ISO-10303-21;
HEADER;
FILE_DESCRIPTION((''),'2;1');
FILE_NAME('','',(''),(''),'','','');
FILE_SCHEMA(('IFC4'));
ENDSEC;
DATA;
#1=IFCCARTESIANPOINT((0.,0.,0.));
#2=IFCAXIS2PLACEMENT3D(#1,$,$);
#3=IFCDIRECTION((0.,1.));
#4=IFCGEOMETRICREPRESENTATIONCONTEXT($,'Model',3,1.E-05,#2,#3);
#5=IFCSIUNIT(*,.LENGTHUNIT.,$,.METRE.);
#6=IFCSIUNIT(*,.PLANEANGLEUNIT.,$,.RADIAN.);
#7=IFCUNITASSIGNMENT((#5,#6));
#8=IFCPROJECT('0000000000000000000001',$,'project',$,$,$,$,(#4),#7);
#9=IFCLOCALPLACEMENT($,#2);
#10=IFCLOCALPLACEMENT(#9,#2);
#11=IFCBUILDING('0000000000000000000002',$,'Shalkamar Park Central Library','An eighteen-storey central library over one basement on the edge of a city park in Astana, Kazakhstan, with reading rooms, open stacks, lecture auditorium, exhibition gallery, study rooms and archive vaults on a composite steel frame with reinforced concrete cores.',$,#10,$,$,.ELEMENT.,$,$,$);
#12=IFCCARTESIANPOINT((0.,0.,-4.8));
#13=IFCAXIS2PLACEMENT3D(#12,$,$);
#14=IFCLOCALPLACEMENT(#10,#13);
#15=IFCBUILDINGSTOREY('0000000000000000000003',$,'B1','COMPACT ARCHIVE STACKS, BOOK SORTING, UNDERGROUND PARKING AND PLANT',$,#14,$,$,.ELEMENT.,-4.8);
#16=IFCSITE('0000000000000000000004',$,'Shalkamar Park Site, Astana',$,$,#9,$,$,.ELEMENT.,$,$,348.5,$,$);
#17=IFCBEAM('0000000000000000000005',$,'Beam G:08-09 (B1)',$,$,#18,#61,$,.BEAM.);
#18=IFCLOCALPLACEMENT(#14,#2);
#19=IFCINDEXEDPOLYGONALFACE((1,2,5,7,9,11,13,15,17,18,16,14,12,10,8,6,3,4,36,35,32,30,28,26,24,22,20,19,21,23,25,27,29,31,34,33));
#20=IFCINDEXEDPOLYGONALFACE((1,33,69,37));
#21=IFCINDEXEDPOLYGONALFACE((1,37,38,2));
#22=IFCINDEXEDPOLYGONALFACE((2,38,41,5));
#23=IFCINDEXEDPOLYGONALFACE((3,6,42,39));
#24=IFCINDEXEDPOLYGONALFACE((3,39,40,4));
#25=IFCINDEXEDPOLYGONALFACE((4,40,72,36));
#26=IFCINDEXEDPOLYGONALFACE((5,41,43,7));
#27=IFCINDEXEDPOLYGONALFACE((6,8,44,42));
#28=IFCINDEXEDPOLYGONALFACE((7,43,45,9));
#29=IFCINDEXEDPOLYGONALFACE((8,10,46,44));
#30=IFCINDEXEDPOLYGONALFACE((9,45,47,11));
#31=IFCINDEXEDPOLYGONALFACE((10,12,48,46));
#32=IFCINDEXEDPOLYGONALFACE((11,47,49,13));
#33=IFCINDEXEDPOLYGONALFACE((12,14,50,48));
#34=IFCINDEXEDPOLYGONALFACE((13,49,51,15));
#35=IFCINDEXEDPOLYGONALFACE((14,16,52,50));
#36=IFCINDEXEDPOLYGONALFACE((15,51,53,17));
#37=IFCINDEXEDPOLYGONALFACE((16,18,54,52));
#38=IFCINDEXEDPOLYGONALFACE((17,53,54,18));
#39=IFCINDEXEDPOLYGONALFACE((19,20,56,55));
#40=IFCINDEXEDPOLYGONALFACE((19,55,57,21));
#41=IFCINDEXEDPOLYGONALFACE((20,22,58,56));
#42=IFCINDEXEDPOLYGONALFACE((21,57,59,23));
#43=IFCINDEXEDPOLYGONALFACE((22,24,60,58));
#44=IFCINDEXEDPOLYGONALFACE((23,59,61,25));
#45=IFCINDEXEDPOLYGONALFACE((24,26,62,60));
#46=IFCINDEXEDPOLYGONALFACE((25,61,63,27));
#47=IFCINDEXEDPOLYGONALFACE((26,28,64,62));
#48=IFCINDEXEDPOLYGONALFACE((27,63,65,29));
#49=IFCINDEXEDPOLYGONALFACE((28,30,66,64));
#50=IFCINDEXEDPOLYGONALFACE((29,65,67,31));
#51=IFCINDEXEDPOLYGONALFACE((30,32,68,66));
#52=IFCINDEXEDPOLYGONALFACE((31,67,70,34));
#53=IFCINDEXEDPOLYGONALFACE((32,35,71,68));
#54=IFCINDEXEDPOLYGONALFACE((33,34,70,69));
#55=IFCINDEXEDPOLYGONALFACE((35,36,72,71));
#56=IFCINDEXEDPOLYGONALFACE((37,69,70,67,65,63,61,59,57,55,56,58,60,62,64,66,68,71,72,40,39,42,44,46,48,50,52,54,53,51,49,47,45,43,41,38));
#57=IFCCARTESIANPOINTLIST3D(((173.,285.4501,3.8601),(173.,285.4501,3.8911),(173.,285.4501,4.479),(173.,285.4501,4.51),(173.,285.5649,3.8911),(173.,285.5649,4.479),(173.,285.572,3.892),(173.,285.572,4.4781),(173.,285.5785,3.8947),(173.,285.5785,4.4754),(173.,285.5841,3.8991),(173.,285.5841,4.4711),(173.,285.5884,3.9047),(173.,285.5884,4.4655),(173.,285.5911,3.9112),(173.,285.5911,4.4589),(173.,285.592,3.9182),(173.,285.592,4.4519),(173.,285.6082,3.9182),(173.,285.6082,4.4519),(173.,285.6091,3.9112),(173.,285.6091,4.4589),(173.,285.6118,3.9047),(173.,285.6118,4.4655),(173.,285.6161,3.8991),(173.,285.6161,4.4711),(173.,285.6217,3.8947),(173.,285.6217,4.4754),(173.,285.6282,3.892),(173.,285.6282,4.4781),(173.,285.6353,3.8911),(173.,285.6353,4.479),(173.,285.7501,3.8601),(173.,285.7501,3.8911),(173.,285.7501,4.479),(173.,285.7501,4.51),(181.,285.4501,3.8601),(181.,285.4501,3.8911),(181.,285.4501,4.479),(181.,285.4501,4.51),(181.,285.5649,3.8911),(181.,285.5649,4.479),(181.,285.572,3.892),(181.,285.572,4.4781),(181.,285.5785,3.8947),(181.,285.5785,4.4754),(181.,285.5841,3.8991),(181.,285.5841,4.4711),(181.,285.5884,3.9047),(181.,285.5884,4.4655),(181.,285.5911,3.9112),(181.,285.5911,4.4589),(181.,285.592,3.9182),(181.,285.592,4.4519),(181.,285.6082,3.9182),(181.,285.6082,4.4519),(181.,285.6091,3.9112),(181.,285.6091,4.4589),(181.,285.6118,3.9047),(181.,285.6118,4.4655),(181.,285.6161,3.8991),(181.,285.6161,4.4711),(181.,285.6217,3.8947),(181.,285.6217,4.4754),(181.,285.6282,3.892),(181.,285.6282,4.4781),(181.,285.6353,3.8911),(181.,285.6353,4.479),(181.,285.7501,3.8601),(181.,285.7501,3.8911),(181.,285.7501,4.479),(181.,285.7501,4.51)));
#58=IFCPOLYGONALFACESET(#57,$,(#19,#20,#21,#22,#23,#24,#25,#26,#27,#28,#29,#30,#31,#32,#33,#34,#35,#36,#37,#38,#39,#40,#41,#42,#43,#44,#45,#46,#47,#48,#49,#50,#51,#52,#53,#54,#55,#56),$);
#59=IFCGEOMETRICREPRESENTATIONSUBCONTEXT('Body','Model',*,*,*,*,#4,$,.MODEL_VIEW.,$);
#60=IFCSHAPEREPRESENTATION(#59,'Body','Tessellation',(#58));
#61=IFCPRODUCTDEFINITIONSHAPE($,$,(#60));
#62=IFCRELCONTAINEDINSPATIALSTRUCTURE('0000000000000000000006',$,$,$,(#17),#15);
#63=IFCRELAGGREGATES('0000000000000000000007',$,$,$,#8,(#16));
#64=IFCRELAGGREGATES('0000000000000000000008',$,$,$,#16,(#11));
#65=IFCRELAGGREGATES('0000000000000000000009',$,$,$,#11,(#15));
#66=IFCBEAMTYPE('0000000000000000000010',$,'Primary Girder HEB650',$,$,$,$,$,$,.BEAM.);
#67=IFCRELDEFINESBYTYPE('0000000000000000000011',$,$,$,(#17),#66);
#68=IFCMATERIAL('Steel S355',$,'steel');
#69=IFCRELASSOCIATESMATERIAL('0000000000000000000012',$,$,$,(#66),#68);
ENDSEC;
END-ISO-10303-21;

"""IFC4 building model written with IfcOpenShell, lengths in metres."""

from ifc_helpers import new_model, si_unit, direction, frame, origin, origin_2d, place, context, subcontext, project, spatial, i_section, extrude, material, material_profile, profile_set, type_object, element, save


model = new_model("IFC4")

# Units and contexts
model_context = context("Model", 3, precision=1e-05, world=origin(), true_north=direction((0.0, 1.0)))
body_context = subcontext(model_context, "Body", "Model", "MODEL_VIEW")
ifc_project = project(units=[si_unit("LENGTHUNIT", "METRE"), si_unit("PLANEANGLEUNIT", "RADIAN")], contexts=[model_context])

# Site, building, storey
site_placement = place(None, origin())
site = spatial("IfcSite", under=ifc_project, at=site_placement, Name="Shalkamar Park Site, Astana", CompositionType="ELEMENT", RefElevation=348.5)
building_placement = place(site_placement, origin())
building = spatial("IfcBuilding", under=site, at=building_placement, Name="Shalkamar Park Central Library", Description="An eighteen-storey central library over one basement on the edge of a city park in Astana, Kazakhstan, with reading rooms, open stacks, lecture auditorium, exhibition gallery, study rooms and archive vaults on a composite steel frame with reinforced concrete cores.", CompositionType="ELEMENT")
storey_placement = place(building_placement, frame((0.0, 0.0, -4.8)))
storey = spatial("IfcBuildingStorey", under=building, at=storey_placement, Name="B1", Description="COMPACT ARCHIVE STACKS, BOOK SORTING, UNDERGROUND PARKING AND PLANT", CompositionType="ELEMENT", Elevation=-4.8)

# Shared definitions
ifc_material_1 = material(Name="Steel S355", Category="steel")

# Beam
ifc_material_profile_1 = material_profile(ifc_material_1, i_section(OverallWidth=0.3, OverallDepth=0.6499, WebThickness=0.0161, FlangeThickness=0.031, FilletRadius=0.0271, at=origin_2d()), Name="HEB 650")
ifc_profile_set_1 = profile_set([ifc_material_profile_1], Name="Steel S355")
beam_type_1 = type_object("IfcBeamType", Name="Primary Girder HEB650", PredefinedType="BEAM", material=ifc_profile_set_1)
for number, where, z_axis, x_axis, name in (
    (1, (173.0, 285.6001, 4.1851), (1.0, 0.0, 0.0), (0.0, 1.0, 0.0), "Beam G:08-09 (B1)"),
):
    element("IfcBeam", number, at=place(storey_placement, frame(where, z_axis=z_axis, x_axis=x_axis)), inside=storey, type_object=beam_type_1, Name=name, PredefinedType="BEAM", context=body_context, shape_type="SweptSolid", body=[
        extrude(i_section(OverallWidth=0.3, OverallDepth=0.6499, WebThickness=0.0161, FlangeThickness=0.031, FilletRadius=0.0271, at=origin_2d()), origin(), (0.0, 0.0, 1.0), 8.0),
    ])

save(model, "model.ifc")
